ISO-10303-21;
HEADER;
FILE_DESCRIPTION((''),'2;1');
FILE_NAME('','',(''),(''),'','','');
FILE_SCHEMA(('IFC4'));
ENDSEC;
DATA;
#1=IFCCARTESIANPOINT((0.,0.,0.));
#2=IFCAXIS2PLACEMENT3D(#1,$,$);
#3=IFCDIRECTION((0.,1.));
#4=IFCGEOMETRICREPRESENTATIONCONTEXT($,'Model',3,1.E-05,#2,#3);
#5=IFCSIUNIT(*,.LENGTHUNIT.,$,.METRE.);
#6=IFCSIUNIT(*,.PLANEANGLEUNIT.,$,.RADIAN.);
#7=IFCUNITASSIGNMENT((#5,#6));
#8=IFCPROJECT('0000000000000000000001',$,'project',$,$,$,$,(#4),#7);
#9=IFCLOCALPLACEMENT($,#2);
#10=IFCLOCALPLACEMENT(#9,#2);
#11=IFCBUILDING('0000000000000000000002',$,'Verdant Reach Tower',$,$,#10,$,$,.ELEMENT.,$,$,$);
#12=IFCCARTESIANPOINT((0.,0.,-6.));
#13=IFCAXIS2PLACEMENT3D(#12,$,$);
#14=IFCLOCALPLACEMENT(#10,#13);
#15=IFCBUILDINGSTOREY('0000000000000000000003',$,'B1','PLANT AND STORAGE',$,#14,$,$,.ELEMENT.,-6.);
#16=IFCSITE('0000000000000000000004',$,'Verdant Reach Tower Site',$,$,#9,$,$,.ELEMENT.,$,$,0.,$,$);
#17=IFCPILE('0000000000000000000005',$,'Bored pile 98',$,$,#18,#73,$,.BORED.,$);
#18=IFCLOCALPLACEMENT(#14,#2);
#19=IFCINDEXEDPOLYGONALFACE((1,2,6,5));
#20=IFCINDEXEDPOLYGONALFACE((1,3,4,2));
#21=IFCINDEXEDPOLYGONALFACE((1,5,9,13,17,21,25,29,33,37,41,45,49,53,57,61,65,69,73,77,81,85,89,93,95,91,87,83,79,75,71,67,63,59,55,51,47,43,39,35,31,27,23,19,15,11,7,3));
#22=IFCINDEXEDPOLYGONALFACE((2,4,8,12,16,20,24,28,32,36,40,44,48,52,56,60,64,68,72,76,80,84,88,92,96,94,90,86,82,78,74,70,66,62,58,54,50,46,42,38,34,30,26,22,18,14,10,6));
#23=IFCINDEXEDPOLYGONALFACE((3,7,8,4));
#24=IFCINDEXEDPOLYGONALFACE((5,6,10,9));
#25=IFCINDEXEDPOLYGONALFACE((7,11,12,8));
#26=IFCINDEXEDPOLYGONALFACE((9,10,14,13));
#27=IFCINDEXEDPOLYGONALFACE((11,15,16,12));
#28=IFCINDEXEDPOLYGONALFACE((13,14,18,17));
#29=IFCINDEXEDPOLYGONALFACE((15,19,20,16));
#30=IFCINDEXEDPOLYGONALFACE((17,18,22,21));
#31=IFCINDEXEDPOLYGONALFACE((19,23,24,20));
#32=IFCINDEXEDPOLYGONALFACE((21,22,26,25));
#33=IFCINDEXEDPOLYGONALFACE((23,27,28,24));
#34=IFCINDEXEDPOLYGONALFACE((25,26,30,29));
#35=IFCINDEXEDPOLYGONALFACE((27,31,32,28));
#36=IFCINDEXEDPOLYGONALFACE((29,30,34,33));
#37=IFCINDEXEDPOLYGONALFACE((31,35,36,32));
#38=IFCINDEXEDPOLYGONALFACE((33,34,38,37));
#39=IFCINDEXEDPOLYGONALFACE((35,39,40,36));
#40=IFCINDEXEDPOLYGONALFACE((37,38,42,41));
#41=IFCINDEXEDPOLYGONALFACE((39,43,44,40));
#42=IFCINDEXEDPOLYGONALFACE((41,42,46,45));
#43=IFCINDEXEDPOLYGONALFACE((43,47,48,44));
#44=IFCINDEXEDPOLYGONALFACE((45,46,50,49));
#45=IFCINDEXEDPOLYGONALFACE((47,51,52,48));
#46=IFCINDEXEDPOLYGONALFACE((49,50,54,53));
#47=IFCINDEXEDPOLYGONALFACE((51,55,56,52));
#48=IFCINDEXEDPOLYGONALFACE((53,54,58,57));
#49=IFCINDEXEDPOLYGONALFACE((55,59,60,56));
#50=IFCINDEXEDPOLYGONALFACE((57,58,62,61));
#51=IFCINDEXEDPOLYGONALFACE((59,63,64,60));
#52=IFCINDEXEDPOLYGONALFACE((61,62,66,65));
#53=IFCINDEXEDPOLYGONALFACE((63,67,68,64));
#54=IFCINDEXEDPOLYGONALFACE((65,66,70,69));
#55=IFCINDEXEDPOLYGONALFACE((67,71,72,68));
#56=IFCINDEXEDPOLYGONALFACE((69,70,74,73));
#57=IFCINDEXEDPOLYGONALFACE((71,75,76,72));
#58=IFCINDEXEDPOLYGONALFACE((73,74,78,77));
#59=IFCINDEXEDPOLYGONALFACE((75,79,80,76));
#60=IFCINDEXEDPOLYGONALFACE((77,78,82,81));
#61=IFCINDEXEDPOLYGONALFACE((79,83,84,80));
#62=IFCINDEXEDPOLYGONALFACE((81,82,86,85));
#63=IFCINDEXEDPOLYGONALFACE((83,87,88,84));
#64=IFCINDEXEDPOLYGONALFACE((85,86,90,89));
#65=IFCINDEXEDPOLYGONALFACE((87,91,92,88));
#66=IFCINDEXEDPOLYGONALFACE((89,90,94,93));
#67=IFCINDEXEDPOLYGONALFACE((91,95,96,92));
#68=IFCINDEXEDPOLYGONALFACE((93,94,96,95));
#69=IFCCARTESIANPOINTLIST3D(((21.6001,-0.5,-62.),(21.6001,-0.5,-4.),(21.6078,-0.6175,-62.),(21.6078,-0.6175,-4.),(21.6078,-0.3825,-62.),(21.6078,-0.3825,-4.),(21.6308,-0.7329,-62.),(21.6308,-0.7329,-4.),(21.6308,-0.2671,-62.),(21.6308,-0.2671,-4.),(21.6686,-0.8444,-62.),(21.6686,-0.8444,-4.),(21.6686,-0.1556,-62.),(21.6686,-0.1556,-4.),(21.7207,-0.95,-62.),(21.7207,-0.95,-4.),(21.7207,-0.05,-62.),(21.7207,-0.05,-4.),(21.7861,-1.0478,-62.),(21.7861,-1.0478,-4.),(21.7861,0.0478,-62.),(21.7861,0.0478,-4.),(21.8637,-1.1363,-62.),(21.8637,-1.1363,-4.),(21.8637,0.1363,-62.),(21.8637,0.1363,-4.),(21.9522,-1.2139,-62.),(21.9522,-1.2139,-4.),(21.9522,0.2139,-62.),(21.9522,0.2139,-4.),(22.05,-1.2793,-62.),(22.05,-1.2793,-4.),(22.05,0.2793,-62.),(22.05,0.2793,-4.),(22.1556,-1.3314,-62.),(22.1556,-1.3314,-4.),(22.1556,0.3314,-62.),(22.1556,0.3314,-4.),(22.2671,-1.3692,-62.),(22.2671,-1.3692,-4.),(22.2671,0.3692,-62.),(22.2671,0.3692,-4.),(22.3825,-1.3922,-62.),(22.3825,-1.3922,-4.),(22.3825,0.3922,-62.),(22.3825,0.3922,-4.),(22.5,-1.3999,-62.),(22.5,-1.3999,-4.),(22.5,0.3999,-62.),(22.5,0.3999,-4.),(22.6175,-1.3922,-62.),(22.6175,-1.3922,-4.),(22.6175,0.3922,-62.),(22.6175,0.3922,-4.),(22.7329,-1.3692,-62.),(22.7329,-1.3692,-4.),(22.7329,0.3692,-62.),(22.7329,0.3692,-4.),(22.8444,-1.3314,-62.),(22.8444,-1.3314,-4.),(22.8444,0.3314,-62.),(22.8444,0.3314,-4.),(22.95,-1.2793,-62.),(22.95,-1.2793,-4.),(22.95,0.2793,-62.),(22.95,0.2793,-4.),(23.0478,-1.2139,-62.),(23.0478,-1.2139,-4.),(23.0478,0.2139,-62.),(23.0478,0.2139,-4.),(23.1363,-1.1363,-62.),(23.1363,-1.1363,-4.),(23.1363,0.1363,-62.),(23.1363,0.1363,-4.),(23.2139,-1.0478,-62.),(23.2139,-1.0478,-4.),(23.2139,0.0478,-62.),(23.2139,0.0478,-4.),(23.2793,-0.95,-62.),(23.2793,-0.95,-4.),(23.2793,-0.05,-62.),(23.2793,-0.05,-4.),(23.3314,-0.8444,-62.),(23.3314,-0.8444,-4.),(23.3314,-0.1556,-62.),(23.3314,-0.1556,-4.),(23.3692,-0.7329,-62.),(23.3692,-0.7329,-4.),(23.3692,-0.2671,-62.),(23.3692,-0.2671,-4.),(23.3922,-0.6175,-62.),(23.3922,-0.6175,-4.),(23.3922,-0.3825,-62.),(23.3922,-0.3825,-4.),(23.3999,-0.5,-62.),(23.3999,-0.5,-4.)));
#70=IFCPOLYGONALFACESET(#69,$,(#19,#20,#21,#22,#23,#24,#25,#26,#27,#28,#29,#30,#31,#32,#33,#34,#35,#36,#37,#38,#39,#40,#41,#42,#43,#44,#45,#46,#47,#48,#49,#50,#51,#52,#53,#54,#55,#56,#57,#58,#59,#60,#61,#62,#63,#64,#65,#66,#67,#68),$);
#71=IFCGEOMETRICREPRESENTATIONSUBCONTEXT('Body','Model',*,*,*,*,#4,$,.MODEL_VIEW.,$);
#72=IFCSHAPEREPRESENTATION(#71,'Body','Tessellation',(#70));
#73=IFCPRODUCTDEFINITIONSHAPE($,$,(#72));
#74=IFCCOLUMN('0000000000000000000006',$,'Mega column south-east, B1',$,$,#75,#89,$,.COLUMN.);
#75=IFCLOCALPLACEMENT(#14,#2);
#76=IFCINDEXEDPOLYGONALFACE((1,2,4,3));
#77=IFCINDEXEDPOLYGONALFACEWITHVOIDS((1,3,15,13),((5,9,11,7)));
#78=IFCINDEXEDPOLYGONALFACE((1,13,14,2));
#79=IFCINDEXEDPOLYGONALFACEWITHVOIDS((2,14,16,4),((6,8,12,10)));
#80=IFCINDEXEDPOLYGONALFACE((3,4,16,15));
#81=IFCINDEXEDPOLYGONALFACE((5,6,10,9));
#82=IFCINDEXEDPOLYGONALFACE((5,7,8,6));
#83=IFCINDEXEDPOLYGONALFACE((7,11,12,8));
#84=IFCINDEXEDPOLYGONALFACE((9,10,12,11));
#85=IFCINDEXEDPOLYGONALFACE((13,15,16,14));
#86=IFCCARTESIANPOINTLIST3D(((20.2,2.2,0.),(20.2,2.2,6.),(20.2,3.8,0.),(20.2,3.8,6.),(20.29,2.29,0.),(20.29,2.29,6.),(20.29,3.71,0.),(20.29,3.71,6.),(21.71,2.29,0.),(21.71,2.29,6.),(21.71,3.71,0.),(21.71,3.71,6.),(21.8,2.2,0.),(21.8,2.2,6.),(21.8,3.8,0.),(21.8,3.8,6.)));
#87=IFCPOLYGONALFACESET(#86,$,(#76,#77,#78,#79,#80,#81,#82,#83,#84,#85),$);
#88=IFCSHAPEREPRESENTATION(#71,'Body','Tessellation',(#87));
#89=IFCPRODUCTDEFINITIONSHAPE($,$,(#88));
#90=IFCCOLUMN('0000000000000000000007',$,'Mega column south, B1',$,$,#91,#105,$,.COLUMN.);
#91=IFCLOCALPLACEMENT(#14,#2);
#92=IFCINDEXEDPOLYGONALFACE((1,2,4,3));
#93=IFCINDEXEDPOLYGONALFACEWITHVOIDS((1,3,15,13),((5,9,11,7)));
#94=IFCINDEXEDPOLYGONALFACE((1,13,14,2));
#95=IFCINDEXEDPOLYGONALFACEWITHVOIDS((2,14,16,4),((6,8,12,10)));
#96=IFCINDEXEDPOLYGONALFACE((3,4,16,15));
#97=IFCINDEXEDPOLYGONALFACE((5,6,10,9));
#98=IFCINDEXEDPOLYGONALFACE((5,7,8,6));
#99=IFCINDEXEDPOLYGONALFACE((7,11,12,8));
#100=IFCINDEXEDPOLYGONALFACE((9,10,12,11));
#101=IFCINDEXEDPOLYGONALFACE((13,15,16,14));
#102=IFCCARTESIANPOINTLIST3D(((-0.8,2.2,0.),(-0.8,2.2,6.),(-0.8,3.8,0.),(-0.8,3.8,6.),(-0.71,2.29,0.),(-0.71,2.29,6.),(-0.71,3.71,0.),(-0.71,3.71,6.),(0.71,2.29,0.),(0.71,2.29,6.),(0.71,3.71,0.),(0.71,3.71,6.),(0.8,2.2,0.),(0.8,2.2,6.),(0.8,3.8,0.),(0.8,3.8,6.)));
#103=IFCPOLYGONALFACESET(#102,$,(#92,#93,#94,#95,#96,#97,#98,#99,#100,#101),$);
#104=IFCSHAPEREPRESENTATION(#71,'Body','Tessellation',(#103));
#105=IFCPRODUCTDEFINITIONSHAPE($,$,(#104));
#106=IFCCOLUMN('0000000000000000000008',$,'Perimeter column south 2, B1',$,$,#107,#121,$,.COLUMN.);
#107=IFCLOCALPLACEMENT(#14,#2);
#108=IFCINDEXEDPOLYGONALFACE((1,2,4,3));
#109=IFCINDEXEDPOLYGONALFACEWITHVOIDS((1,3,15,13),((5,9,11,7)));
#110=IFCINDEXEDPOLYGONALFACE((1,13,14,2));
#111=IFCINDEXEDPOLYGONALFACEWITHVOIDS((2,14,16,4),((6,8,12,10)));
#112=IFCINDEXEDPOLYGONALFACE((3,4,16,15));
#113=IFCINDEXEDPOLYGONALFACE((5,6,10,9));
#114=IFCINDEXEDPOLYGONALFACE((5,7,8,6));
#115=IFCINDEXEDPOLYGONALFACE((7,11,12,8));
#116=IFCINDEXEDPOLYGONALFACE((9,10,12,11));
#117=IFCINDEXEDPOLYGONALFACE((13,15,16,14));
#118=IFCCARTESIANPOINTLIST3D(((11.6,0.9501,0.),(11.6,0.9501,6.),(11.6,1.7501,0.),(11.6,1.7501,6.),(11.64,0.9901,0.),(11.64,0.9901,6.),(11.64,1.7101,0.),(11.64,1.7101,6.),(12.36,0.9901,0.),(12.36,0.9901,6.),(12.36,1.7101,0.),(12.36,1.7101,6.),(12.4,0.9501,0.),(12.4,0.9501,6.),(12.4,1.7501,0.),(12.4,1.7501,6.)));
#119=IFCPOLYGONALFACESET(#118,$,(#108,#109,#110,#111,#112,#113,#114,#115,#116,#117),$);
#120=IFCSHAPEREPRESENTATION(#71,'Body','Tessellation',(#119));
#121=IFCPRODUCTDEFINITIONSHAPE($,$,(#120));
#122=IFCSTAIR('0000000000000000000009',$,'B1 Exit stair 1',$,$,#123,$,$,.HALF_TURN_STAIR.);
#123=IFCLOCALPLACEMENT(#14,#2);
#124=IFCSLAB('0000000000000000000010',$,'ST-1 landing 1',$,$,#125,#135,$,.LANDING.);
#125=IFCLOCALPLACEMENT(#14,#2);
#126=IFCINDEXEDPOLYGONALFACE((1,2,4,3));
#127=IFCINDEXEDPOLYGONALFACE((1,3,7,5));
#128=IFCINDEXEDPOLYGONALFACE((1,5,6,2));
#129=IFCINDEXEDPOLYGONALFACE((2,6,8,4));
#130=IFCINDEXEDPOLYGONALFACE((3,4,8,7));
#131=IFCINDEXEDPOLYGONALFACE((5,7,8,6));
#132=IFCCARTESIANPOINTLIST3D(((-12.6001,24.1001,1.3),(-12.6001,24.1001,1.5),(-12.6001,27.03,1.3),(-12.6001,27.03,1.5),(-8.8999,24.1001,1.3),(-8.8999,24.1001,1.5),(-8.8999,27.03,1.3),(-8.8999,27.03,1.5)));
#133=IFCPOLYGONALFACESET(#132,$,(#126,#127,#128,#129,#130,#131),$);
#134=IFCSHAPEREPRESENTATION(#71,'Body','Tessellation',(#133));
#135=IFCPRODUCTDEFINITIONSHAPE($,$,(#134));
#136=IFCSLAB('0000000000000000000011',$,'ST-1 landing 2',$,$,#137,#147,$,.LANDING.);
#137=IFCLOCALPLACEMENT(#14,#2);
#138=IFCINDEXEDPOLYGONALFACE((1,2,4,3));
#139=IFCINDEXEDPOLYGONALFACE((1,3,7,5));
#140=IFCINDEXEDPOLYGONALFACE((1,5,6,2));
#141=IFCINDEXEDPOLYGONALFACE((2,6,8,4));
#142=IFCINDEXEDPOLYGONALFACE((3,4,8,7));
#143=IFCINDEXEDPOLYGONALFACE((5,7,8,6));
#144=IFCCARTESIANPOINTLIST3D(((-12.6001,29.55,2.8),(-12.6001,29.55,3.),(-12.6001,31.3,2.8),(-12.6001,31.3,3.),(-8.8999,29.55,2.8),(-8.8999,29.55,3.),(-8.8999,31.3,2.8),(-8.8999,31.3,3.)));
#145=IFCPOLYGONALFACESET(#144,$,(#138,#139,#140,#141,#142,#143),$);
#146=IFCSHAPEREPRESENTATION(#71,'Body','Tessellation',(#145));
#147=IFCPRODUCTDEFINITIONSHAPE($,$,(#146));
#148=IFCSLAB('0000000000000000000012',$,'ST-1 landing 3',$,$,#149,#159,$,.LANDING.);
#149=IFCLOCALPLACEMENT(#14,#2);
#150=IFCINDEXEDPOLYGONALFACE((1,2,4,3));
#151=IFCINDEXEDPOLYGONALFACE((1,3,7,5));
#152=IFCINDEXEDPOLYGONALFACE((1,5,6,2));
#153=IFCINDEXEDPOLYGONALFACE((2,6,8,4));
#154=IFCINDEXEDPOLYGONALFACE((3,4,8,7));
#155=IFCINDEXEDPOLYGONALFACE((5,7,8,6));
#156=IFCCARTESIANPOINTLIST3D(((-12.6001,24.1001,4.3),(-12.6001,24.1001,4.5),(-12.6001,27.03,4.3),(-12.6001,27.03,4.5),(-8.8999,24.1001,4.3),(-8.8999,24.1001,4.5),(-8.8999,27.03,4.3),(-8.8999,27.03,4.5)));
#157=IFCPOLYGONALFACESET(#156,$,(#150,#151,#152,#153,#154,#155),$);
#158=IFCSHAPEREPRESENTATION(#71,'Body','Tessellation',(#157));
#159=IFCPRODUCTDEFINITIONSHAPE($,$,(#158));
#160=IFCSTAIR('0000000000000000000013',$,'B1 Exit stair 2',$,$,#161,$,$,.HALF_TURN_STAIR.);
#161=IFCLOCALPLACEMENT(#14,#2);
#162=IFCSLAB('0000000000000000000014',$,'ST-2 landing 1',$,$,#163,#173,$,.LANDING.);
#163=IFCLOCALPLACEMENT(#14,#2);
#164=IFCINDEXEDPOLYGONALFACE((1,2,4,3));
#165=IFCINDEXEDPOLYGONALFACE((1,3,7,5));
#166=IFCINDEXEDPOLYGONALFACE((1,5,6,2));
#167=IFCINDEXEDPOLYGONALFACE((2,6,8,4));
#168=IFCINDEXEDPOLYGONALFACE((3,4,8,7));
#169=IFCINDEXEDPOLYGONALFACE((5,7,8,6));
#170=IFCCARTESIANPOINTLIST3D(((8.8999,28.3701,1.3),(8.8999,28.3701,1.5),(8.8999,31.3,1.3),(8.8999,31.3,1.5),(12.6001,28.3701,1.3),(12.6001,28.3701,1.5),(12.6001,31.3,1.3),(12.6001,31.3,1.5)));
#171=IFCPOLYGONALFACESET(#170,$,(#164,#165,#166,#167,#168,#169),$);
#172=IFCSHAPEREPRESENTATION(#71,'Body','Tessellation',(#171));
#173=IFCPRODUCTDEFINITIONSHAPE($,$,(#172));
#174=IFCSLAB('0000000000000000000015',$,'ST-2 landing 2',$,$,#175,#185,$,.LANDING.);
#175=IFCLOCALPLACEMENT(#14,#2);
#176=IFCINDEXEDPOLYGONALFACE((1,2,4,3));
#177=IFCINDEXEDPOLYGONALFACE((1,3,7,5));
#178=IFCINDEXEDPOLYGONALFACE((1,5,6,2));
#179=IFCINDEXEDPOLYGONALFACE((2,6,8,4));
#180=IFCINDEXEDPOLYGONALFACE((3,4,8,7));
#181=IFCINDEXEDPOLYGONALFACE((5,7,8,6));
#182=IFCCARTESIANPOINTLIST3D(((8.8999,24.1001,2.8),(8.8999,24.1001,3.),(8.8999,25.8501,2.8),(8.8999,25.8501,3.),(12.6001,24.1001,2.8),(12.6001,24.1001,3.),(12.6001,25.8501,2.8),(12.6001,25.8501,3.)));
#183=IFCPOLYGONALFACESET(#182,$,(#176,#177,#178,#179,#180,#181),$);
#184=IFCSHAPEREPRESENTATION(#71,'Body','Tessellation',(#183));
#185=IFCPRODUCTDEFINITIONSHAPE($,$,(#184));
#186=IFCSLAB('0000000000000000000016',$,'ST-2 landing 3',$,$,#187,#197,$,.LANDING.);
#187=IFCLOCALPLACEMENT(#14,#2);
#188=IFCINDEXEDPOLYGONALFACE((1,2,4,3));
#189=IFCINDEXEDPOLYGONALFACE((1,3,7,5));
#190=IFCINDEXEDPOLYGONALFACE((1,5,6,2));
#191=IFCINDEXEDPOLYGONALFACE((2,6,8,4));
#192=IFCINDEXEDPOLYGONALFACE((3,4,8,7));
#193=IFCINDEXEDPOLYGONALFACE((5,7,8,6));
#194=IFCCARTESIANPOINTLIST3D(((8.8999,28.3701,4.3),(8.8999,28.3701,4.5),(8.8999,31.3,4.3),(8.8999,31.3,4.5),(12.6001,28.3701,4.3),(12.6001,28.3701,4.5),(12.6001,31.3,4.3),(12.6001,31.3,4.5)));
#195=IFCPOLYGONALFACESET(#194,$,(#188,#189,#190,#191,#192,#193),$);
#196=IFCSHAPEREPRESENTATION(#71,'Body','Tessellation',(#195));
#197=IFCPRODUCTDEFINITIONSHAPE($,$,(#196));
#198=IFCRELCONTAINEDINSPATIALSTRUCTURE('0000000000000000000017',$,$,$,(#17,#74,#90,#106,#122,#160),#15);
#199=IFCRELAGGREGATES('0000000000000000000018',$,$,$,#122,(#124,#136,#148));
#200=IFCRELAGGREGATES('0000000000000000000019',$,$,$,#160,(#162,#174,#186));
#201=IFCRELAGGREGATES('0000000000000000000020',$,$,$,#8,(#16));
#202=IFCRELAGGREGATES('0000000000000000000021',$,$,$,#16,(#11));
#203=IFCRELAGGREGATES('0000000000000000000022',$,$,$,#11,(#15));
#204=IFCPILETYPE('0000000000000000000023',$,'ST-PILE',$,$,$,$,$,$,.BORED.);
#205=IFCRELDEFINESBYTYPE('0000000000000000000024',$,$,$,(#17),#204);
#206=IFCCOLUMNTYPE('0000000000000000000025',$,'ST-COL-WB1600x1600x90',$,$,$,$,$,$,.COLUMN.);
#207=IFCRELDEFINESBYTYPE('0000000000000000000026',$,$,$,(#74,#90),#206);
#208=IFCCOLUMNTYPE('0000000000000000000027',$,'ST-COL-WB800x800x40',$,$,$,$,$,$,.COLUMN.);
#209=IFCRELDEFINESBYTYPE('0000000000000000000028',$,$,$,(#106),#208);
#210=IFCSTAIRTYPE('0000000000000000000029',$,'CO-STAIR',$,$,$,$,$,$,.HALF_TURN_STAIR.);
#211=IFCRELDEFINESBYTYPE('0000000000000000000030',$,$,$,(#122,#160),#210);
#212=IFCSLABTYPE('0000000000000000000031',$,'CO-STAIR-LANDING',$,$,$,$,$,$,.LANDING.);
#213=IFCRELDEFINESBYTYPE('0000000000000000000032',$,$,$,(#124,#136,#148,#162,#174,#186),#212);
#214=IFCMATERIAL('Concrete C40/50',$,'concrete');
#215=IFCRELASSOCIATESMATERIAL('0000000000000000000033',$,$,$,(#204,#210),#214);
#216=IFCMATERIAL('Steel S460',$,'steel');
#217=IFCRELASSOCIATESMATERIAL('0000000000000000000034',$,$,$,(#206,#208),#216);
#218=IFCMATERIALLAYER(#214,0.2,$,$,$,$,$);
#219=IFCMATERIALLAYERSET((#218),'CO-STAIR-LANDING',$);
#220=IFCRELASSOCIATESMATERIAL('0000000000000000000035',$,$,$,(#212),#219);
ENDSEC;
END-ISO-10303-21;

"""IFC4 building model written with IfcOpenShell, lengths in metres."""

from ifc_helpers import new_model, si_unit, direction, frame, origin, origin_2d, place, context, subcontext, project, spatial, polyline, hollow_rectangle, circle, outline, extrude, material, layer, layer_set, material_profile, profile_set, type_object, element, aggregate, save


model = new_model("IFC4")

# Units and contexts
model_context = context("Model", 3, precision=1e-05, world=origin(), true_north=direction((0.0, 1.0)))
body_context = subcontext(model_context, "Body", "Model", "MODEL_VIEW")
ifc_project = project(units=[si_unit("LENGTHUNIT", "METRE"), si_unit("PLANEANGLEUNIT", "RADIAN")], contexts=[model_context])

# Site, building, storey
site_placement = place(None, origin())
site = spatial("IfcSite", under=ifc_project, at=site_placement, Name="Verdant Reach Tower Site", CompositionType="ELEMENT", RefElevation=0.0)
building_placement = place(site_placement, origin())
building = spatial("IfcBuilding", under=site, at=building_placement, Name="Verdant Reach Tower", CompositionType="ELEMENT")
storey_placement = place(building_placement, frame((0.0, 0.0, -6.0)))
storey = spatial("IfcBuildingStorey", under=building, at=storey_placement, Name="B1", Description="PLANT AND STORAGE", CompositionType="ELEMENT", Elevation=-6.0)

# Pile
ifc_material_1 = material(Name="Concrete C40/50", Category="concrete")
ifc_material_profile_1 = material_profile(ifc_material_1, circle(Radius=0.8999, at=origin_2d()), Name="BP 1800")
ifc_profile_set_1 = profile_set([ifc_material_profile_1], Name="Concrete C40/50")
pile_type = type_object("IfcPileType", Name="ST-PILE", PredefinedType="BORED", material=ifc_profile_set_1)
for number, where, z_axis, x_axis, name in (
    (1, (22.5, -0.5, -4.0), (0.0, 0.0, -1.0), (1.0, 0.0, 0.0), "Bored pile 98"),
):
    element("IfcPile", number, at=place(storey_placement, frame(where, z_axis=z_axis, x_axis=x_axis)), inside=storey, type_object=pile_type, Name=name, PredefinedType="BORED", context=body_context, shape_type="SweptSolid", body=[
        extrude(circle(Radius=0.8999, at=origin_2d()), origin(), (0.0, 0.0, 1.0), 58.0),
    ])

# Columns
ifc_material_2 = material(Name="Steel S460", Category="steel")
ifc_material_profile_2 = material_profile(ifc_material_2, hollow_rectangle(XDim=1.6001, YDim=1.6001, WallThickness=0.0901, at=origin_2d()), Name="WB 1600x1600x90")
ifc_profile_set_2 = profile_set([ifc_material_profile_2], Name="Steel S460")
column_type_1 = type_object("IfcColumnType", Name="ST-COL-WB1600x1600x90", PredefinedType="COLUMN", material=ifc_profile_set_2)
for number, where, z_axis, x_axis, name in (
    (2, (21.0, 3.0, 0.0), (0.0, 0.0, 1.0), (1.0, 0.0, 0.0), "Mega column south-east, B1"),
    (3, (0.0, 3.0, 0.0), (0.0, 0.0, 1.0), (1.0, 0.0, 0.0), "Mega column south, B1"),
):
    element("IfcColumn", number, at=place(storey_placement, frame(where, z_axis=z_axis, x_axis=x_axis)), inside=storey, type_object=column_type_1, Name=name, PredefinedType="COLUMN", context=body_context, shape_type="SweptSolid", body=[
        extrude(hollow_rectangle(XDim=1.6001, YDim=1.6001, WallThickness=0.0901, at=origin_2d()), origin(), (0.0, 0.0, 1.0), 6.0),
    ])
ifc_material_profile_3 = material_profile(ifc_material_2, hollow_rectangle(XDim=0.8, YDim=0.8, WallThickness=0.04, at=origin_2d()), Name="WB 800x800x40")
ifc_profile_set_3 = profile_set([ifc_material_profile_3], Name="Steel S460")
column_type_2 = type_object("IfcColumnType", Name="ST-COL-WB800x800x40", PredefinedType="COLUMN", material=ifc_profile_set_3)
column_placement = place(storey_placement, frame((12.0, 1.3501, 0.0), z_axis=(0.0, 0.0, 1.0), x_axis=(1.0, 0.0, 0.0)))
element("IfcColumn", 4, at=column_placement, inside=storey, type_object=column_type_2, Name="Perimeter column south 2, B1", PredefinedType="COLUMN", context=body_context, shape_type="SweptSolid", body=[
    extrude(hollow_rectangle(XDim=0.8, YDim=0.8, WallThickness=0.04, at=origin_2d()), origin(), (0.0, 0.0, 1.0), 6.0),
])

# Stairs, slabs
stair_type = type_object("IfcStairType", Name="CO-STAIR", PredefinedType="HALF_TURN_STAIR", material=ifc_material_1)
stair_1_placement = place(storey_placement, origin())
stair_1 = element("IfcStair", 5, at=stair_1_placement, inside=storey, type_object=stair_type, Name="B1 Exit stair 1", PredefinedType="HALF_TURN_STAIR")
ifc_layer_1 = layer(ifc_material_1, 0.2)
ifc_layer_set_1 = layer_set([ifc_layer_1], Name="CO-STAIR-LANDING")
slab_type_1 = type_object("IfcSlabType", Name="CO-STAIR-LANDING", PredefinedType="LANDING", material=ifc_layer_set_1)
slab_1_placement = place(storey_placement, frame((0.0, 0.0, 1.3)))
slab_1 = element("IfcSlab", 6, at=slab_1_placement, type_object=slab_type_1, Name="ST-1 landing 1", PredefinedType="LANDING", context=body_context, shape_type="SweptSolid", body=[
    extrude(outline(polyline([(-12.6001, 27.03), (-12.6001, 24.1001), (-8.8999, 24.1001), (-8.8999, 27.03), (-12.6001, 27.03)])), origin(), (0.0, 0.0, 1.0), 0.2),
])
slab_2_placement = place(storey_placement, frame((0.0, 0.0, 2.8)))
slab_2 = element("IfcSlab", 7, at=slab_2_placement, type_object=slab_type_1, Name="ST-1 landing 2", PredefinedType="LANDING", context=body_context, shape_type="SweptSolid", body=[
    extrude(outline(polyline([(-12.6001, 31.3), (-12.6001, 29.55), (-8.8999, 29.55), (-8.8999, 31.3), (-12.6001, 31.3)])), origin(), (0.0, 0.0, 1.0), 0.2),
])
slab_3_placement = place(storey_placement, frame((0.0, 0.0, 4.3)))
slab_3 = element("IfcSlab", 8, at=slab_3_placement, type_object=slab_type_1, Name="ST-1 landing 3", PredefinedType="LANDING", context=body_context, shape_type="SweptSolid", body=[
    extrude(outline(polyline([(-12.6001, 27.03), (-12.6001, 24.1001), (-8.8999, 24.1001), (-8.8999, 27.03), (-12.6001, 27.03)])), origin(), (0.0, 0.0, 1.0), 0.2),
])
aggregate(stair_1, [slab_1, slab_2, slab_3])
stair_2_placement = place(storey_placement, origin())
stair_2 = element("IfcStair", 9, at=stair_2_placement, inside=storey, type_object=stair_type, Name="B1 Exit stair 2", PredefinedType="HALF_TURN_STAIR")
slab_4_placement = place(storey_placement, frame((0.0, 0.0, 1.3)))
slab_4 = element("IfcSlab", 10, at=slab_4_placement, type_object=slab_type_1, Name="ST-2 landing 1", PredefinedType="LANDING", context=body_context, shape_type="SweptSolid", body=[
    extrude(outline(polyline([(12.6001, 28.3701), (12.6001, 31.3), (8.8999, 31.3), (8.8999, 28.3701), (12.6001, 28.3701)])), origin(), (0.0, 0.0, 1.0), 0.2),
])
slab_5_placement = place(storey_placement, frame((0.0, 0.0, 2.8)))
slab_5 = element("IfcSlab", 11, at=slab_5_placement, type_object=slab_type_1, Name="ST-2 landing 2", PredefinedType="LANDING", context=body_context, shape_type="SweptSolid", body=[
    extrude(outline(polyline([(12.6001, 24.1001), (12.6001, 25.8501), (8.8999, 25.8501), (8.8999, 24.1001), (12.6001, 24.1001)])), origin(), (0.0, 0.0, 1.0), 0.2),
])
slab_6_placement = place(storey_placement, frame((0.0, 0.0, 4.3)))
slab_6 = element("IfcSlab", 12, at=slab_6_placement, type_object=slab_type_1, Name="ST-2 landing 3", PredefinedType="LANDING", context=body_context, shape_type="SweptSolid", body=[
    extrude(outline(polyline([(12.6001, 28.3701), (12.6001, 31.3), (8.8999, 31.3), (8.8999, 28.3701), (12.6001, 28.3701)])), origin(), (0.0, 0.0, 1.0), 0.2),
])
aggregate(stair_2, [slab_4, slab_5, slab_6])

save(model, "model.ifc")
